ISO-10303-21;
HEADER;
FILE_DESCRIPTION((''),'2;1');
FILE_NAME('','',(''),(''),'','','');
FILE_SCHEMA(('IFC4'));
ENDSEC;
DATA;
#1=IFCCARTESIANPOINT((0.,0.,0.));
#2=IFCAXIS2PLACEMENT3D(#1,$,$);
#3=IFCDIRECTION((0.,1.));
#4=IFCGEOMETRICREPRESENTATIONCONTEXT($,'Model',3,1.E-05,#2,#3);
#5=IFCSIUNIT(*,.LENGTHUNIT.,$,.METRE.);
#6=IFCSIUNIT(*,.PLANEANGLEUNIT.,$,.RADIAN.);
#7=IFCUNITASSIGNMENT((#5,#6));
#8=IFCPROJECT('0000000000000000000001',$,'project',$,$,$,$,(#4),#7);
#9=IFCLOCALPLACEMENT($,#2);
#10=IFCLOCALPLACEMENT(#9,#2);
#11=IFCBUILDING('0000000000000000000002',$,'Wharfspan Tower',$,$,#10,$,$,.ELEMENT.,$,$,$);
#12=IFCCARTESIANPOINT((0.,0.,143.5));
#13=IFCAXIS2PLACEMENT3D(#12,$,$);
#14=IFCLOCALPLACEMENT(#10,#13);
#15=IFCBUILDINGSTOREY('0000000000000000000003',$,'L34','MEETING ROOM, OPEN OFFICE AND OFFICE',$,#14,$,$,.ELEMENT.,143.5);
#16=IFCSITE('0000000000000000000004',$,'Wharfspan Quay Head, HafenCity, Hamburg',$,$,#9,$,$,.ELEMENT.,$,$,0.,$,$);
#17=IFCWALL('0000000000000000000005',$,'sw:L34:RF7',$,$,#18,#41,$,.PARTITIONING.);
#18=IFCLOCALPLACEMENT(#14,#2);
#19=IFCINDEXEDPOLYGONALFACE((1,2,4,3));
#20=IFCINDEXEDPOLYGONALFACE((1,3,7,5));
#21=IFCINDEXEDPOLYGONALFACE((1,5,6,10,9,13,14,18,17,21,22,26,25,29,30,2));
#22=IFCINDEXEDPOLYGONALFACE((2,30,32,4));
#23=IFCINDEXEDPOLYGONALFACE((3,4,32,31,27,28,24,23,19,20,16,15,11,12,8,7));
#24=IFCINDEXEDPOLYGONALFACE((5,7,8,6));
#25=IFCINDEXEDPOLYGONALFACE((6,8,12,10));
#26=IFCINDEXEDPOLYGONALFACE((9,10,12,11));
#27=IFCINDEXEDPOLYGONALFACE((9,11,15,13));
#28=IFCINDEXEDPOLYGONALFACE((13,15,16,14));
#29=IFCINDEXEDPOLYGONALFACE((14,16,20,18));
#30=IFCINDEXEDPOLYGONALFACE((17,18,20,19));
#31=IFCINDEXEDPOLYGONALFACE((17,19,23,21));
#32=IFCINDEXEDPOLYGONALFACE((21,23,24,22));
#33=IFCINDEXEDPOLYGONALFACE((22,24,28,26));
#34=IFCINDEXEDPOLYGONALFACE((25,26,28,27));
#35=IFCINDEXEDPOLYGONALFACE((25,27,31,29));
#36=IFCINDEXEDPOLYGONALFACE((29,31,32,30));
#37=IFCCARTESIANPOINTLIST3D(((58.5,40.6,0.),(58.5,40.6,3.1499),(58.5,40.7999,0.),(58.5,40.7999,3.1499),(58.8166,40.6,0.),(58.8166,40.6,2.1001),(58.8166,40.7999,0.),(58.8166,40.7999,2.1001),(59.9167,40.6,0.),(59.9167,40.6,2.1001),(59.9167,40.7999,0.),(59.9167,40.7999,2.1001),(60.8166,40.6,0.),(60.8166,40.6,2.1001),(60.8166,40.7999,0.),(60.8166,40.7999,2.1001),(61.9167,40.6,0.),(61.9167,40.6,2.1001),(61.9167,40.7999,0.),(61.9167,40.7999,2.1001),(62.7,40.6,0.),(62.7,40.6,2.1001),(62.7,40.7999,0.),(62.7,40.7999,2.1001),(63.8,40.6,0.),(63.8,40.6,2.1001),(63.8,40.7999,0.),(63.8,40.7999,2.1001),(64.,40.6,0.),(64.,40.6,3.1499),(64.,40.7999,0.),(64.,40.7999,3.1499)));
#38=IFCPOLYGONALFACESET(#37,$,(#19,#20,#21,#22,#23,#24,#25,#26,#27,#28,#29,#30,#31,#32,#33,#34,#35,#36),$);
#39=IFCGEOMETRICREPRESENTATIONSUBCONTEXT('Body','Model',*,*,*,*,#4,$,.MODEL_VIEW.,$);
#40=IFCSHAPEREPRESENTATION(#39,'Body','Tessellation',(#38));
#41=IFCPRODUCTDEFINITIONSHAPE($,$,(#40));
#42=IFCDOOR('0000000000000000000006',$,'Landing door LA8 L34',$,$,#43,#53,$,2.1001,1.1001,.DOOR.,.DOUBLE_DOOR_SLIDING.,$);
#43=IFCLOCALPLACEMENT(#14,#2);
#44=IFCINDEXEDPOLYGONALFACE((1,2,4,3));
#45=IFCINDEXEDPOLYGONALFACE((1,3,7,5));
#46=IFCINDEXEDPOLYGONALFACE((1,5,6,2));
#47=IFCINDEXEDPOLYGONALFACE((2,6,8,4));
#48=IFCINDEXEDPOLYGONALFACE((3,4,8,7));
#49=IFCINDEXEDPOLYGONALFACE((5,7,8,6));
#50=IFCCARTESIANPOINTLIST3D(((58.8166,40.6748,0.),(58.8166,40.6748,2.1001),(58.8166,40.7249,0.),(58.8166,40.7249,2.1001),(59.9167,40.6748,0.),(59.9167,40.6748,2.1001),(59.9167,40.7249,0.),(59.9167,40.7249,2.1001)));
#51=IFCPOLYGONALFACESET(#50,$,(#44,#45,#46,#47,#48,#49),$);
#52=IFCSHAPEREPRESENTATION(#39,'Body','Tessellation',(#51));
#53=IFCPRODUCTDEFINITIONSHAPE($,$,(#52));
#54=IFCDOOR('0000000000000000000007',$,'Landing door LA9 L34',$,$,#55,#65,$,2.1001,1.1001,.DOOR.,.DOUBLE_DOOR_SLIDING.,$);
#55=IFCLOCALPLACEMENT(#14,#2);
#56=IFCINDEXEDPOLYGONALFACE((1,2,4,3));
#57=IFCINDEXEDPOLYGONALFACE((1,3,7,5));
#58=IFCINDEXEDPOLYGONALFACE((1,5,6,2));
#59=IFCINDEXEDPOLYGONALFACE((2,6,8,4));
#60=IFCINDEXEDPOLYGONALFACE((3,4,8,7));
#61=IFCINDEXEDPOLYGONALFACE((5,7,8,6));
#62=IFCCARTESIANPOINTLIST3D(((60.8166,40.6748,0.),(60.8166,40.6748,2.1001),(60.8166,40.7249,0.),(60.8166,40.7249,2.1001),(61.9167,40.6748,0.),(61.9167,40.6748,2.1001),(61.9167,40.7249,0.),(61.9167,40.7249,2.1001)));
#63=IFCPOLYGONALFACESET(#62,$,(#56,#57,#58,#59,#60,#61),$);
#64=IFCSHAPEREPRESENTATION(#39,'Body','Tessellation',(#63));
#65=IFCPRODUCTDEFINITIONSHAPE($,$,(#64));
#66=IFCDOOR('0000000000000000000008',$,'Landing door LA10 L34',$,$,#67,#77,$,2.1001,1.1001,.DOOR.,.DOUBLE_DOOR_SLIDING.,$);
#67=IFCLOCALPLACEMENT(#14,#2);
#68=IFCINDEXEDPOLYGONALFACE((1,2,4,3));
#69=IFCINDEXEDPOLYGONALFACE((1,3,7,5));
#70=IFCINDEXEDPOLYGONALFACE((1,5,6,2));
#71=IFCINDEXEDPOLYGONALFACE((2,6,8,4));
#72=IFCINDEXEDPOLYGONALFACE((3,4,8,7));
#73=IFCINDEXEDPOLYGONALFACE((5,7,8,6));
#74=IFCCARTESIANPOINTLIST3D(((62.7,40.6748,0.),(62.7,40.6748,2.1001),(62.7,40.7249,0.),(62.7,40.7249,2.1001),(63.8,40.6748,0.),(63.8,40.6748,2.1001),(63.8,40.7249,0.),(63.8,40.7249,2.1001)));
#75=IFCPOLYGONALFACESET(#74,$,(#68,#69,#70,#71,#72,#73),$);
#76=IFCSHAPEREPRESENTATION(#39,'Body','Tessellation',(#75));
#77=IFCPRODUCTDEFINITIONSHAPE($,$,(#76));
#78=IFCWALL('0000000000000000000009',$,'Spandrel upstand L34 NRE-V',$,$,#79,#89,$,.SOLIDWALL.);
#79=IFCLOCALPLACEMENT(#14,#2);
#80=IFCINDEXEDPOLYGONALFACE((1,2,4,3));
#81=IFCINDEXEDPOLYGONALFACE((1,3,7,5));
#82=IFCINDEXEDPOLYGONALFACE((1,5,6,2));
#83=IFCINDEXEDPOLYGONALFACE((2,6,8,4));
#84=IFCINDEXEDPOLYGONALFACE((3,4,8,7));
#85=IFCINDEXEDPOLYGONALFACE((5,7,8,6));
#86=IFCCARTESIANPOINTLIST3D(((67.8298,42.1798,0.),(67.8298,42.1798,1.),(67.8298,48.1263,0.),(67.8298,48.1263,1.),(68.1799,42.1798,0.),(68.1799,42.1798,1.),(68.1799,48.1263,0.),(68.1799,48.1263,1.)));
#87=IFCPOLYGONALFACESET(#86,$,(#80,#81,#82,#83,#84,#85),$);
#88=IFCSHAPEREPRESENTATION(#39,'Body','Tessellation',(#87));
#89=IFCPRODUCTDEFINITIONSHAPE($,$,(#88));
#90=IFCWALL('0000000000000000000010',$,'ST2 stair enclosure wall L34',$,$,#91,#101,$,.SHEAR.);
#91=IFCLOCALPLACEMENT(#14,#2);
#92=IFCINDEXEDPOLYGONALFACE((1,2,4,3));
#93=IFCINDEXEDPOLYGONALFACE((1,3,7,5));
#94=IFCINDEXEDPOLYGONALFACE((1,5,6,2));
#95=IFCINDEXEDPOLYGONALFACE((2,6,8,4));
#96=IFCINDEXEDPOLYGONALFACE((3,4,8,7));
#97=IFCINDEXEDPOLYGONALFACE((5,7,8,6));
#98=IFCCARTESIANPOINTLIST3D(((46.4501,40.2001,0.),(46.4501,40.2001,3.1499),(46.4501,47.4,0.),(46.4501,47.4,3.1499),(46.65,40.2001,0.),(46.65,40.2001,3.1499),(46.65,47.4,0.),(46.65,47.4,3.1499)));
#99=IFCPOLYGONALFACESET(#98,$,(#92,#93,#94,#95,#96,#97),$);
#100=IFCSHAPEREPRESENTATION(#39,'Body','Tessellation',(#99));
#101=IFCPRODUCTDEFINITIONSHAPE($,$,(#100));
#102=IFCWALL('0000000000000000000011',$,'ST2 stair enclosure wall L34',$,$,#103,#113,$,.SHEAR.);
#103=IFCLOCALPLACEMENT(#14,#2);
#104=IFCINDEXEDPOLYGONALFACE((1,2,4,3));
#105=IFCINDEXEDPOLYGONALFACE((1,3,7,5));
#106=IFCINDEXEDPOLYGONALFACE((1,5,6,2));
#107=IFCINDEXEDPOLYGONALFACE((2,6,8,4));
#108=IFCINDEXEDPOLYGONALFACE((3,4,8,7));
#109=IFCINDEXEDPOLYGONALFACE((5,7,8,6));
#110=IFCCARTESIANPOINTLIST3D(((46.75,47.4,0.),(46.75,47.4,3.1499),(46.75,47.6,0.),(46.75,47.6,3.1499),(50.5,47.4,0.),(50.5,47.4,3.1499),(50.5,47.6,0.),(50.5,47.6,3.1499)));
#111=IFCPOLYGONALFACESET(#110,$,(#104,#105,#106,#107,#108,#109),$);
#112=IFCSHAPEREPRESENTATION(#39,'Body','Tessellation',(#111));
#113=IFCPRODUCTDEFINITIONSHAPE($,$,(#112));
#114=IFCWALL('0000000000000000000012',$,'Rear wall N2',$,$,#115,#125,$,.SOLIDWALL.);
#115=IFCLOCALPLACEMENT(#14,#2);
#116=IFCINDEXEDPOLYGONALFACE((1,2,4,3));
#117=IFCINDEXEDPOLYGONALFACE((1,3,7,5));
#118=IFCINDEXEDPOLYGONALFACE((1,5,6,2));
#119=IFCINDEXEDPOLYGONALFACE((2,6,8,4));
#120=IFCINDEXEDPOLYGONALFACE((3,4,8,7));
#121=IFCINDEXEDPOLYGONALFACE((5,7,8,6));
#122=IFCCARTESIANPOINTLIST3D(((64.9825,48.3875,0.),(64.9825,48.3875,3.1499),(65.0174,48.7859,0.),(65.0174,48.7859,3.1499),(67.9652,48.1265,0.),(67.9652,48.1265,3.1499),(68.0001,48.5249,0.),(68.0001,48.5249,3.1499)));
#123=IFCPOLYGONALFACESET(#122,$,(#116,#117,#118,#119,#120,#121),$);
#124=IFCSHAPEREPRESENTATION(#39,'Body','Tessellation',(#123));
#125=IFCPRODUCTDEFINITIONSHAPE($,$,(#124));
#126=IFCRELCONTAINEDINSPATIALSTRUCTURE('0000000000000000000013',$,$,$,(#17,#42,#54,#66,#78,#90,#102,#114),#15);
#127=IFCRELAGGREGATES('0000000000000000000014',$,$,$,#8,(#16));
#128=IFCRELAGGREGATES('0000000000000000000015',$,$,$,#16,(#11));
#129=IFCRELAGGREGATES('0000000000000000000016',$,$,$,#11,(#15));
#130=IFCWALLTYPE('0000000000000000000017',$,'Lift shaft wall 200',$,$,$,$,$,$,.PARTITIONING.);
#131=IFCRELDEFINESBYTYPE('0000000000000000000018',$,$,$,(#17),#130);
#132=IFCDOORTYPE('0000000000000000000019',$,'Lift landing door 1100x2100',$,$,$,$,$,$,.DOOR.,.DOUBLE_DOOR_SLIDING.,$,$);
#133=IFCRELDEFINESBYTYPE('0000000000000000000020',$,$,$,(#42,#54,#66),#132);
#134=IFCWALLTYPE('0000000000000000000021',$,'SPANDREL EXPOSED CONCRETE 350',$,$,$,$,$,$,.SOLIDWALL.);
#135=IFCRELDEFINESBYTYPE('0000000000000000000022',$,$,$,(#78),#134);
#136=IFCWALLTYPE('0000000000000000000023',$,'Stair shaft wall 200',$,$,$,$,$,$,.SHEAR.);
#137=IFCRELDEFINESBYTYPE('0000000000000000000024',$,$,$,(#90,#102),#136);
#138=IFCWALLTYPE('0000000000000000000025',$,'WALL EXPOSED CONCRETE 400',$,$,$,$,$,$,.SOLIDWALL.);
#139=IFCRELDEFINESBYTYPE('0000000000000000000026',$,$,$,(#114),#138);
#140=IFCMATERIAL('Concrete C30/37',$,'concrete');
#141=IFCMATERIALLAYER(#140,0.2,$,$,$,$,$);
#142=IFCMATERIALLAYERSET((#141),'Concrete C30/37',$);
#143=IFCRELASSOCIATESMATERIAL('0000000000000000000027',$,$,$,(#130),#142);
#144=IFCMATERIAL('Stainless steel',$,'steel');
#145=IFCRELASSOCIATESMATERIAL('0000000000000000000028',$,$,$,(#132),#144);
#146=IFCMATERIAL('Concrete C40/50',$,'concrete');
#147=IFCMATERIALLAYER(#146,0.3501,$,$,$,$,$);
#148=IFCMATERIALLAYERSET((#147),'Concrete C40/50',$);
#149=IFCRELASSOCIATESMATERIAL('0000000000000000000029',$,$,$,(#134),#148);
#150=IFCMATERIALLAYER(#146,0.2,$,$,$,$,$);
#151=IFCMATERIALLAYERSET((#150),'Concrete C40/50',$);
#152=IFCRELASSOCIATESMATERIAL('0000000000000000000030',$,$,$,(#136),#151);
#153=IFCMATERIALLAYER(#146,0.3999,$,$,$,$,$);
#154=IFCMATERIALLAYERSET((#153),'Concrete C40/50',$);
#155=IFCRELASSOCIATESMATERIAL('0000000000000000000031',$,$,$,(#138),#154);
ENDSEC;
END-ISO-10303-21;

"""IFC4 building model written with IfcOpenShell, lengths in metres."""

from ifc_helpers import new_model, si_unit, direction, frame, frame_2d, origin, place, context, subcontext, project, spatial, rectangle, extrude, material, layer, layer_set, type_object, element, fill, save


model = new_model("IFC4")

# Units and contexts
model_context = context("Model", 3, precision=1e-05, world=origin(), true_north=direction((0.0, 1.0)))
body_context = subcontext(model_context, "Body", "Model", "MODEL_VIEW")
ifc_project = project(units=[si_unit("LENGTHUNIT", "METRE"), si_unit("PLANEANGLEUNIT", "RADIAN")], contexts=[model_context])

# Site, building, storey
site_placement = place(None, origin())
site = spatial("IfcSite", under=ifc_project, at=site_placement, Name="Wharfspan Quay Head, HafenCity, Hamburg", CompositionType="ELEMENT", RefElevation=0.0)
building_placement = place(site_placement, origin())
building = spatial("IfcBuilding", under=site, at=building_placement, Name="Wharfspan Tower", CompositionType="ELEMENT")
storey_placement = place(building_placement, frame((0.0, 0.0, 143.5)))
storey = spatial("IfcBuildingStorey", under=building, at=storey_placement, Name="L34", Description="MEETING ROOM, OPEN OFFICE AND OFFICE", CompositionType="ELEMENT", Elevation=143.5)

# Shared definitions
ifc_material_1 = material(Name="Concrete C30/37", Category="concrete")
ifc_layer_1 = layer(ifc_material_1, 0.2)
ifc_layer_set_1 = layer_set([ifc_layer_1], Name="Concrete C30/37")
wall_type_1 = type_object("IfcWallType", Name="Lift shaft wall 200", PredefinedType="PARTITIONING", material=ifc_layer_set_1)

# Wall, openings, doors
wall_1_placement = place(storey_placement, frame((58.5, 40.7, 0.0), z_axis=(0.0, 0.0, 1.0), x_axis=(1.0, 0.0, 0.0)))
wall_1 = element("IfcWall", 1, at=wall_1_placement, inside=storey, type_object=wall_type_1, Name="sw:L34:RF7", PredefinedType="PARTITIONING", context=body_context, shape_type="SweptSolid", body=[
    extrude(rectangle(XDim=5.5, YDim=0.2, at=frame_2d((2.75, 0.0))), origin(), (0.0, 0.0, 1.0), 3.1499),
])
opening_1_placement = place(wall_1_placement, frame((0.3166, 0.0, 0.0)))
opening_1 = element("IfcOpeningElement", 2, at=opening_1_placement, cuts=wall_1, PredefinedType="OPENING", context=body_context, shape_type="SweptSolid", body=[
    extrude(rectangle(XDim=1.1001, YDim=2.1001, at=frame_2d((0.55, 1.05))), frame((0.0, 0.1099, 0.0), z_axis=(0.0, -1.0, 0.0), x_axis=(1.0, 0.0, 0.0)), (0.0, 0.0, 1.0), 0.22),
])
opening_2_placement = place(wall_1_placement, frame((2.3167, 0.0, 0.0)))
opening_2 = element("IfcOpeningElement", 3, at=opening_2_placement, cuts=wall_1, PredefinedType="OPENING", context=body_context, shape_type="SweptSolid", body=[
    extrude(rectangle(XDim=1.1001, YDim=2.1001, at=frame_2d((0.55, 1.05))), frame((0.0, 0.1099, 0.0), z_axis=(0.0, -1.0, 0.0), x_axis=(1.0, 0.0, 0.0)), (0.0, 0.0, 1.0), 0.22),
])
opening_3_placement = place(wall_1_placement, frame((4.2, 0.0, 0.0)))
opening_3 = element("IfcOpeningElement", 4, at=opening_3_placement, cuts=wall_1, PredefinedType="OPENING", context=body_context, shape_type="SweptSolid", body=[
    extrude(rectangle(XDim=1.1001, YDim=2.1001, at=frame_2d((0.55, 1.05))), frame((0.0, 0.1099, 0.0), z_axis=(0.0, -1.0, 0.0), x_axis=(1.0, 0.0, 0.0)), (0.0, 0.0, 1.0), 0.22),
])
ifc_material_2 = material(Name="Stainless steel", Category="steel")
door_type = type_object("IfcDoorType", Name="Lift landing door 1100x2100", OperationType="DOUBLE_DOOR_SLIDING", PredefinedType="DOOR", material=ifc_material_2)
door_1_placement = place(opening_1_placement, origin())
door_1 = element("IfcDoor", 5, at=door_1_placement, inside=storey, type_object=door_type, Name="Landing door LA8 L34", OperationType="DOUBLE_DOOR_SLIDING", OverallHeight=2.1001, OverallWidth=1.1001, PredefinedType="DOOR", context=body_context, shape_type="SweptSolid", body=[
    extrude(rectangle(XDim=1.1001, YDim=2.1001, at=frame_2d((0.55, 1.05))), frame((0.0, 0.0249, 0.0), z_axis=(0.0, -1.0, 0.0), x_axis=(1.0, 0.0, 0.0)), (0.0, 0.0, 1.0), 0.05),
])
fill(opening_1, door_1)
door_2_placement = place(opening_2_placement, origin())
door_2 = element("IfcDoor", 6, at=door_2_placement, inside=storey, type_object=door_type, Name="Landing door LA9 L34", OperationType="DOUBLE_DOOR_SLIDING", OverallHeight=2.1001, OverallWidth=1.1001, PredefinedType="DOOR", context=body_context, shape_type="SweptSolid", body=[
    extrude(rectangle(XDim=1.1001, YDim=2.1001, at=frame_2d((0.55, 1.05))), frame((0.0, 0.0249, 0.0), z_axis=(0.0, -1.0, 0.0), x_axis=(1.0, 0.0, 0.0)), (0.0, 0.0, 1.0), 0.05),
])
fill(opening_2, door_2)
door_3_placement = place(opening_3_placement, origin())
door_3 = element("IfcDoor", 7, at=door_3_placement, inside=storey, type_object=door_type, Name="Landing door LA10 L34", OperationType="DOUBLE_DOOR_SLIDING", OverallHeight=2.1001, OverallWidth=1.1001, PredefinedType="DOOR", context=body_context, shape_type="SweptSolid", body=[
    extrude(rectangle(XDim=1.1001, YDim=2.1001, at=frame_2d((0.55, 1.05))), frame((0.0, 0.0249, 0.0), z_axis=(0.0, -1.0, 0.0), x_axis=(1.0, 0.0, 0.0)), (0.0, 0.0, 1.0), 0.05),
])
fill(opening_3, door_3)

# Walls
ifc_material_3 = material(Name="Concrete C40/50", Category="concrete")
ifc_layer_2 = layer(ifc_material_3, 0.3501)
ifc_layer_set_2 = layer_set([ifc_layer_2], Name="Concrete C40/50")
wall_type_2 = type_object("IfcWallType", Name="SPANDREL EXPOSED CONCRETE 350", PredefinedType="SOLIDWALL", material=ifc_layer_set_2)
wall_2_placement = place(storey_placement, frame((68.0049, 42.1799, 0.0), z_axis=(0.0, 0.0, 1.0), x_axis=(0.0, 1.0, 0.0)))
element("IfcWall", 8, at=wall_2_placement, inside=storey, type_object=wall_type_2, Name="Spandrel upstand L34 NRE-V", PredefinedType="SOLIDWALL", context=body_context, shape_type="SweptSolid", body=[
    extrude(rectangle(XDim=5.9465, YDim=0.3501, at=frame_2d((2.9731, 0.0))), origin(), (0.0, 0.0, 1.0), 1.0),
])
ifc_layer_3 = layer(ifc_material_3, 0.2)
ifc_layer_set_3 = layer_set([ifc_layer_3], Name="Concrete C40/50")
wall_type_3 = type_object("IfcWallType", Name="Stair shaft wall 200", PredefinedType="SHEAR", material=ifc_layer_set_3)
wall_3_placement = place(storey_placement, frame((46.55, 40.2, 0.0), z_axis=(0.0, 0.0, 1.0), x_axis=(0.0, 1.0, 0.0)))
element("IfcWall", 9, at=wall_3_placement, inside=storey, type_object=wall_type_3, Name="ST2 stair enclosure wall L34", PredefinedType="SHEAR", context=body_context, shape_type="SweptSolid", body=[
    extrude(rectangle(XDim=7.2, YDim=0.2, at=frame_2d((3.6001, 0.0))), origin(), (0.0, 0.0, 1.0), 3.1499),
])
wall_4_placement = place(storey_placement, frame((46.75, 47.5, 0.0), z_axis=(0.0, 0.0, 1.0), x_axis=(1.0, 0.0, 0.0)))
element("IfcWall", 10, at=wall_4_placement, inside=storey, type_object=wall_type_3, Name="ST2 stair enclosure wall L34", PredefinedType="SHEAR", context=body_context, shape_type="SweptSolid", body=[
    extrude(rectangle(XDim=3.75, YDim=0.2, at=frame_2d((1.875, 0.0))), origin(), (0.0, 0.0, 1.0), 3.1499),
])
ifc_layer_4 = layer(ifc_material_3, 0.3999)
ifc_layer_set_4 = layer_set([ifc_layer_4], Name="Concrete C40/50")
wall_type_4 = type_object("IfcWallType", Name="WALL EXPOSED CONCRETE 400", PredefinedType="SOLIDWALL", material=ifc_layer_set_4)
wall_5_placement = place(storey_placement, frame((67.9827, 48.3257, 0.0), z_axis=(0.0, 0.0, 1.0), x_axis=(-0.996194, 0.087168, 0.0)))
element("IfcWall", 11, at=wall_5_placement, inside=storey, type_object=wall_type_4, Name="Rear wall N2", PredefinedType="SOLIDWALL", context=body_context, shape_type="SweptSolid", body=[
    extrude(rectangle(XDim=2.9941, YDim=0.3999, at=frame_2d((1.4971, 0.0))), origin(), (0.0, 0.0, 1.0), 3.1499),
])

save(model, "model.ifc")
